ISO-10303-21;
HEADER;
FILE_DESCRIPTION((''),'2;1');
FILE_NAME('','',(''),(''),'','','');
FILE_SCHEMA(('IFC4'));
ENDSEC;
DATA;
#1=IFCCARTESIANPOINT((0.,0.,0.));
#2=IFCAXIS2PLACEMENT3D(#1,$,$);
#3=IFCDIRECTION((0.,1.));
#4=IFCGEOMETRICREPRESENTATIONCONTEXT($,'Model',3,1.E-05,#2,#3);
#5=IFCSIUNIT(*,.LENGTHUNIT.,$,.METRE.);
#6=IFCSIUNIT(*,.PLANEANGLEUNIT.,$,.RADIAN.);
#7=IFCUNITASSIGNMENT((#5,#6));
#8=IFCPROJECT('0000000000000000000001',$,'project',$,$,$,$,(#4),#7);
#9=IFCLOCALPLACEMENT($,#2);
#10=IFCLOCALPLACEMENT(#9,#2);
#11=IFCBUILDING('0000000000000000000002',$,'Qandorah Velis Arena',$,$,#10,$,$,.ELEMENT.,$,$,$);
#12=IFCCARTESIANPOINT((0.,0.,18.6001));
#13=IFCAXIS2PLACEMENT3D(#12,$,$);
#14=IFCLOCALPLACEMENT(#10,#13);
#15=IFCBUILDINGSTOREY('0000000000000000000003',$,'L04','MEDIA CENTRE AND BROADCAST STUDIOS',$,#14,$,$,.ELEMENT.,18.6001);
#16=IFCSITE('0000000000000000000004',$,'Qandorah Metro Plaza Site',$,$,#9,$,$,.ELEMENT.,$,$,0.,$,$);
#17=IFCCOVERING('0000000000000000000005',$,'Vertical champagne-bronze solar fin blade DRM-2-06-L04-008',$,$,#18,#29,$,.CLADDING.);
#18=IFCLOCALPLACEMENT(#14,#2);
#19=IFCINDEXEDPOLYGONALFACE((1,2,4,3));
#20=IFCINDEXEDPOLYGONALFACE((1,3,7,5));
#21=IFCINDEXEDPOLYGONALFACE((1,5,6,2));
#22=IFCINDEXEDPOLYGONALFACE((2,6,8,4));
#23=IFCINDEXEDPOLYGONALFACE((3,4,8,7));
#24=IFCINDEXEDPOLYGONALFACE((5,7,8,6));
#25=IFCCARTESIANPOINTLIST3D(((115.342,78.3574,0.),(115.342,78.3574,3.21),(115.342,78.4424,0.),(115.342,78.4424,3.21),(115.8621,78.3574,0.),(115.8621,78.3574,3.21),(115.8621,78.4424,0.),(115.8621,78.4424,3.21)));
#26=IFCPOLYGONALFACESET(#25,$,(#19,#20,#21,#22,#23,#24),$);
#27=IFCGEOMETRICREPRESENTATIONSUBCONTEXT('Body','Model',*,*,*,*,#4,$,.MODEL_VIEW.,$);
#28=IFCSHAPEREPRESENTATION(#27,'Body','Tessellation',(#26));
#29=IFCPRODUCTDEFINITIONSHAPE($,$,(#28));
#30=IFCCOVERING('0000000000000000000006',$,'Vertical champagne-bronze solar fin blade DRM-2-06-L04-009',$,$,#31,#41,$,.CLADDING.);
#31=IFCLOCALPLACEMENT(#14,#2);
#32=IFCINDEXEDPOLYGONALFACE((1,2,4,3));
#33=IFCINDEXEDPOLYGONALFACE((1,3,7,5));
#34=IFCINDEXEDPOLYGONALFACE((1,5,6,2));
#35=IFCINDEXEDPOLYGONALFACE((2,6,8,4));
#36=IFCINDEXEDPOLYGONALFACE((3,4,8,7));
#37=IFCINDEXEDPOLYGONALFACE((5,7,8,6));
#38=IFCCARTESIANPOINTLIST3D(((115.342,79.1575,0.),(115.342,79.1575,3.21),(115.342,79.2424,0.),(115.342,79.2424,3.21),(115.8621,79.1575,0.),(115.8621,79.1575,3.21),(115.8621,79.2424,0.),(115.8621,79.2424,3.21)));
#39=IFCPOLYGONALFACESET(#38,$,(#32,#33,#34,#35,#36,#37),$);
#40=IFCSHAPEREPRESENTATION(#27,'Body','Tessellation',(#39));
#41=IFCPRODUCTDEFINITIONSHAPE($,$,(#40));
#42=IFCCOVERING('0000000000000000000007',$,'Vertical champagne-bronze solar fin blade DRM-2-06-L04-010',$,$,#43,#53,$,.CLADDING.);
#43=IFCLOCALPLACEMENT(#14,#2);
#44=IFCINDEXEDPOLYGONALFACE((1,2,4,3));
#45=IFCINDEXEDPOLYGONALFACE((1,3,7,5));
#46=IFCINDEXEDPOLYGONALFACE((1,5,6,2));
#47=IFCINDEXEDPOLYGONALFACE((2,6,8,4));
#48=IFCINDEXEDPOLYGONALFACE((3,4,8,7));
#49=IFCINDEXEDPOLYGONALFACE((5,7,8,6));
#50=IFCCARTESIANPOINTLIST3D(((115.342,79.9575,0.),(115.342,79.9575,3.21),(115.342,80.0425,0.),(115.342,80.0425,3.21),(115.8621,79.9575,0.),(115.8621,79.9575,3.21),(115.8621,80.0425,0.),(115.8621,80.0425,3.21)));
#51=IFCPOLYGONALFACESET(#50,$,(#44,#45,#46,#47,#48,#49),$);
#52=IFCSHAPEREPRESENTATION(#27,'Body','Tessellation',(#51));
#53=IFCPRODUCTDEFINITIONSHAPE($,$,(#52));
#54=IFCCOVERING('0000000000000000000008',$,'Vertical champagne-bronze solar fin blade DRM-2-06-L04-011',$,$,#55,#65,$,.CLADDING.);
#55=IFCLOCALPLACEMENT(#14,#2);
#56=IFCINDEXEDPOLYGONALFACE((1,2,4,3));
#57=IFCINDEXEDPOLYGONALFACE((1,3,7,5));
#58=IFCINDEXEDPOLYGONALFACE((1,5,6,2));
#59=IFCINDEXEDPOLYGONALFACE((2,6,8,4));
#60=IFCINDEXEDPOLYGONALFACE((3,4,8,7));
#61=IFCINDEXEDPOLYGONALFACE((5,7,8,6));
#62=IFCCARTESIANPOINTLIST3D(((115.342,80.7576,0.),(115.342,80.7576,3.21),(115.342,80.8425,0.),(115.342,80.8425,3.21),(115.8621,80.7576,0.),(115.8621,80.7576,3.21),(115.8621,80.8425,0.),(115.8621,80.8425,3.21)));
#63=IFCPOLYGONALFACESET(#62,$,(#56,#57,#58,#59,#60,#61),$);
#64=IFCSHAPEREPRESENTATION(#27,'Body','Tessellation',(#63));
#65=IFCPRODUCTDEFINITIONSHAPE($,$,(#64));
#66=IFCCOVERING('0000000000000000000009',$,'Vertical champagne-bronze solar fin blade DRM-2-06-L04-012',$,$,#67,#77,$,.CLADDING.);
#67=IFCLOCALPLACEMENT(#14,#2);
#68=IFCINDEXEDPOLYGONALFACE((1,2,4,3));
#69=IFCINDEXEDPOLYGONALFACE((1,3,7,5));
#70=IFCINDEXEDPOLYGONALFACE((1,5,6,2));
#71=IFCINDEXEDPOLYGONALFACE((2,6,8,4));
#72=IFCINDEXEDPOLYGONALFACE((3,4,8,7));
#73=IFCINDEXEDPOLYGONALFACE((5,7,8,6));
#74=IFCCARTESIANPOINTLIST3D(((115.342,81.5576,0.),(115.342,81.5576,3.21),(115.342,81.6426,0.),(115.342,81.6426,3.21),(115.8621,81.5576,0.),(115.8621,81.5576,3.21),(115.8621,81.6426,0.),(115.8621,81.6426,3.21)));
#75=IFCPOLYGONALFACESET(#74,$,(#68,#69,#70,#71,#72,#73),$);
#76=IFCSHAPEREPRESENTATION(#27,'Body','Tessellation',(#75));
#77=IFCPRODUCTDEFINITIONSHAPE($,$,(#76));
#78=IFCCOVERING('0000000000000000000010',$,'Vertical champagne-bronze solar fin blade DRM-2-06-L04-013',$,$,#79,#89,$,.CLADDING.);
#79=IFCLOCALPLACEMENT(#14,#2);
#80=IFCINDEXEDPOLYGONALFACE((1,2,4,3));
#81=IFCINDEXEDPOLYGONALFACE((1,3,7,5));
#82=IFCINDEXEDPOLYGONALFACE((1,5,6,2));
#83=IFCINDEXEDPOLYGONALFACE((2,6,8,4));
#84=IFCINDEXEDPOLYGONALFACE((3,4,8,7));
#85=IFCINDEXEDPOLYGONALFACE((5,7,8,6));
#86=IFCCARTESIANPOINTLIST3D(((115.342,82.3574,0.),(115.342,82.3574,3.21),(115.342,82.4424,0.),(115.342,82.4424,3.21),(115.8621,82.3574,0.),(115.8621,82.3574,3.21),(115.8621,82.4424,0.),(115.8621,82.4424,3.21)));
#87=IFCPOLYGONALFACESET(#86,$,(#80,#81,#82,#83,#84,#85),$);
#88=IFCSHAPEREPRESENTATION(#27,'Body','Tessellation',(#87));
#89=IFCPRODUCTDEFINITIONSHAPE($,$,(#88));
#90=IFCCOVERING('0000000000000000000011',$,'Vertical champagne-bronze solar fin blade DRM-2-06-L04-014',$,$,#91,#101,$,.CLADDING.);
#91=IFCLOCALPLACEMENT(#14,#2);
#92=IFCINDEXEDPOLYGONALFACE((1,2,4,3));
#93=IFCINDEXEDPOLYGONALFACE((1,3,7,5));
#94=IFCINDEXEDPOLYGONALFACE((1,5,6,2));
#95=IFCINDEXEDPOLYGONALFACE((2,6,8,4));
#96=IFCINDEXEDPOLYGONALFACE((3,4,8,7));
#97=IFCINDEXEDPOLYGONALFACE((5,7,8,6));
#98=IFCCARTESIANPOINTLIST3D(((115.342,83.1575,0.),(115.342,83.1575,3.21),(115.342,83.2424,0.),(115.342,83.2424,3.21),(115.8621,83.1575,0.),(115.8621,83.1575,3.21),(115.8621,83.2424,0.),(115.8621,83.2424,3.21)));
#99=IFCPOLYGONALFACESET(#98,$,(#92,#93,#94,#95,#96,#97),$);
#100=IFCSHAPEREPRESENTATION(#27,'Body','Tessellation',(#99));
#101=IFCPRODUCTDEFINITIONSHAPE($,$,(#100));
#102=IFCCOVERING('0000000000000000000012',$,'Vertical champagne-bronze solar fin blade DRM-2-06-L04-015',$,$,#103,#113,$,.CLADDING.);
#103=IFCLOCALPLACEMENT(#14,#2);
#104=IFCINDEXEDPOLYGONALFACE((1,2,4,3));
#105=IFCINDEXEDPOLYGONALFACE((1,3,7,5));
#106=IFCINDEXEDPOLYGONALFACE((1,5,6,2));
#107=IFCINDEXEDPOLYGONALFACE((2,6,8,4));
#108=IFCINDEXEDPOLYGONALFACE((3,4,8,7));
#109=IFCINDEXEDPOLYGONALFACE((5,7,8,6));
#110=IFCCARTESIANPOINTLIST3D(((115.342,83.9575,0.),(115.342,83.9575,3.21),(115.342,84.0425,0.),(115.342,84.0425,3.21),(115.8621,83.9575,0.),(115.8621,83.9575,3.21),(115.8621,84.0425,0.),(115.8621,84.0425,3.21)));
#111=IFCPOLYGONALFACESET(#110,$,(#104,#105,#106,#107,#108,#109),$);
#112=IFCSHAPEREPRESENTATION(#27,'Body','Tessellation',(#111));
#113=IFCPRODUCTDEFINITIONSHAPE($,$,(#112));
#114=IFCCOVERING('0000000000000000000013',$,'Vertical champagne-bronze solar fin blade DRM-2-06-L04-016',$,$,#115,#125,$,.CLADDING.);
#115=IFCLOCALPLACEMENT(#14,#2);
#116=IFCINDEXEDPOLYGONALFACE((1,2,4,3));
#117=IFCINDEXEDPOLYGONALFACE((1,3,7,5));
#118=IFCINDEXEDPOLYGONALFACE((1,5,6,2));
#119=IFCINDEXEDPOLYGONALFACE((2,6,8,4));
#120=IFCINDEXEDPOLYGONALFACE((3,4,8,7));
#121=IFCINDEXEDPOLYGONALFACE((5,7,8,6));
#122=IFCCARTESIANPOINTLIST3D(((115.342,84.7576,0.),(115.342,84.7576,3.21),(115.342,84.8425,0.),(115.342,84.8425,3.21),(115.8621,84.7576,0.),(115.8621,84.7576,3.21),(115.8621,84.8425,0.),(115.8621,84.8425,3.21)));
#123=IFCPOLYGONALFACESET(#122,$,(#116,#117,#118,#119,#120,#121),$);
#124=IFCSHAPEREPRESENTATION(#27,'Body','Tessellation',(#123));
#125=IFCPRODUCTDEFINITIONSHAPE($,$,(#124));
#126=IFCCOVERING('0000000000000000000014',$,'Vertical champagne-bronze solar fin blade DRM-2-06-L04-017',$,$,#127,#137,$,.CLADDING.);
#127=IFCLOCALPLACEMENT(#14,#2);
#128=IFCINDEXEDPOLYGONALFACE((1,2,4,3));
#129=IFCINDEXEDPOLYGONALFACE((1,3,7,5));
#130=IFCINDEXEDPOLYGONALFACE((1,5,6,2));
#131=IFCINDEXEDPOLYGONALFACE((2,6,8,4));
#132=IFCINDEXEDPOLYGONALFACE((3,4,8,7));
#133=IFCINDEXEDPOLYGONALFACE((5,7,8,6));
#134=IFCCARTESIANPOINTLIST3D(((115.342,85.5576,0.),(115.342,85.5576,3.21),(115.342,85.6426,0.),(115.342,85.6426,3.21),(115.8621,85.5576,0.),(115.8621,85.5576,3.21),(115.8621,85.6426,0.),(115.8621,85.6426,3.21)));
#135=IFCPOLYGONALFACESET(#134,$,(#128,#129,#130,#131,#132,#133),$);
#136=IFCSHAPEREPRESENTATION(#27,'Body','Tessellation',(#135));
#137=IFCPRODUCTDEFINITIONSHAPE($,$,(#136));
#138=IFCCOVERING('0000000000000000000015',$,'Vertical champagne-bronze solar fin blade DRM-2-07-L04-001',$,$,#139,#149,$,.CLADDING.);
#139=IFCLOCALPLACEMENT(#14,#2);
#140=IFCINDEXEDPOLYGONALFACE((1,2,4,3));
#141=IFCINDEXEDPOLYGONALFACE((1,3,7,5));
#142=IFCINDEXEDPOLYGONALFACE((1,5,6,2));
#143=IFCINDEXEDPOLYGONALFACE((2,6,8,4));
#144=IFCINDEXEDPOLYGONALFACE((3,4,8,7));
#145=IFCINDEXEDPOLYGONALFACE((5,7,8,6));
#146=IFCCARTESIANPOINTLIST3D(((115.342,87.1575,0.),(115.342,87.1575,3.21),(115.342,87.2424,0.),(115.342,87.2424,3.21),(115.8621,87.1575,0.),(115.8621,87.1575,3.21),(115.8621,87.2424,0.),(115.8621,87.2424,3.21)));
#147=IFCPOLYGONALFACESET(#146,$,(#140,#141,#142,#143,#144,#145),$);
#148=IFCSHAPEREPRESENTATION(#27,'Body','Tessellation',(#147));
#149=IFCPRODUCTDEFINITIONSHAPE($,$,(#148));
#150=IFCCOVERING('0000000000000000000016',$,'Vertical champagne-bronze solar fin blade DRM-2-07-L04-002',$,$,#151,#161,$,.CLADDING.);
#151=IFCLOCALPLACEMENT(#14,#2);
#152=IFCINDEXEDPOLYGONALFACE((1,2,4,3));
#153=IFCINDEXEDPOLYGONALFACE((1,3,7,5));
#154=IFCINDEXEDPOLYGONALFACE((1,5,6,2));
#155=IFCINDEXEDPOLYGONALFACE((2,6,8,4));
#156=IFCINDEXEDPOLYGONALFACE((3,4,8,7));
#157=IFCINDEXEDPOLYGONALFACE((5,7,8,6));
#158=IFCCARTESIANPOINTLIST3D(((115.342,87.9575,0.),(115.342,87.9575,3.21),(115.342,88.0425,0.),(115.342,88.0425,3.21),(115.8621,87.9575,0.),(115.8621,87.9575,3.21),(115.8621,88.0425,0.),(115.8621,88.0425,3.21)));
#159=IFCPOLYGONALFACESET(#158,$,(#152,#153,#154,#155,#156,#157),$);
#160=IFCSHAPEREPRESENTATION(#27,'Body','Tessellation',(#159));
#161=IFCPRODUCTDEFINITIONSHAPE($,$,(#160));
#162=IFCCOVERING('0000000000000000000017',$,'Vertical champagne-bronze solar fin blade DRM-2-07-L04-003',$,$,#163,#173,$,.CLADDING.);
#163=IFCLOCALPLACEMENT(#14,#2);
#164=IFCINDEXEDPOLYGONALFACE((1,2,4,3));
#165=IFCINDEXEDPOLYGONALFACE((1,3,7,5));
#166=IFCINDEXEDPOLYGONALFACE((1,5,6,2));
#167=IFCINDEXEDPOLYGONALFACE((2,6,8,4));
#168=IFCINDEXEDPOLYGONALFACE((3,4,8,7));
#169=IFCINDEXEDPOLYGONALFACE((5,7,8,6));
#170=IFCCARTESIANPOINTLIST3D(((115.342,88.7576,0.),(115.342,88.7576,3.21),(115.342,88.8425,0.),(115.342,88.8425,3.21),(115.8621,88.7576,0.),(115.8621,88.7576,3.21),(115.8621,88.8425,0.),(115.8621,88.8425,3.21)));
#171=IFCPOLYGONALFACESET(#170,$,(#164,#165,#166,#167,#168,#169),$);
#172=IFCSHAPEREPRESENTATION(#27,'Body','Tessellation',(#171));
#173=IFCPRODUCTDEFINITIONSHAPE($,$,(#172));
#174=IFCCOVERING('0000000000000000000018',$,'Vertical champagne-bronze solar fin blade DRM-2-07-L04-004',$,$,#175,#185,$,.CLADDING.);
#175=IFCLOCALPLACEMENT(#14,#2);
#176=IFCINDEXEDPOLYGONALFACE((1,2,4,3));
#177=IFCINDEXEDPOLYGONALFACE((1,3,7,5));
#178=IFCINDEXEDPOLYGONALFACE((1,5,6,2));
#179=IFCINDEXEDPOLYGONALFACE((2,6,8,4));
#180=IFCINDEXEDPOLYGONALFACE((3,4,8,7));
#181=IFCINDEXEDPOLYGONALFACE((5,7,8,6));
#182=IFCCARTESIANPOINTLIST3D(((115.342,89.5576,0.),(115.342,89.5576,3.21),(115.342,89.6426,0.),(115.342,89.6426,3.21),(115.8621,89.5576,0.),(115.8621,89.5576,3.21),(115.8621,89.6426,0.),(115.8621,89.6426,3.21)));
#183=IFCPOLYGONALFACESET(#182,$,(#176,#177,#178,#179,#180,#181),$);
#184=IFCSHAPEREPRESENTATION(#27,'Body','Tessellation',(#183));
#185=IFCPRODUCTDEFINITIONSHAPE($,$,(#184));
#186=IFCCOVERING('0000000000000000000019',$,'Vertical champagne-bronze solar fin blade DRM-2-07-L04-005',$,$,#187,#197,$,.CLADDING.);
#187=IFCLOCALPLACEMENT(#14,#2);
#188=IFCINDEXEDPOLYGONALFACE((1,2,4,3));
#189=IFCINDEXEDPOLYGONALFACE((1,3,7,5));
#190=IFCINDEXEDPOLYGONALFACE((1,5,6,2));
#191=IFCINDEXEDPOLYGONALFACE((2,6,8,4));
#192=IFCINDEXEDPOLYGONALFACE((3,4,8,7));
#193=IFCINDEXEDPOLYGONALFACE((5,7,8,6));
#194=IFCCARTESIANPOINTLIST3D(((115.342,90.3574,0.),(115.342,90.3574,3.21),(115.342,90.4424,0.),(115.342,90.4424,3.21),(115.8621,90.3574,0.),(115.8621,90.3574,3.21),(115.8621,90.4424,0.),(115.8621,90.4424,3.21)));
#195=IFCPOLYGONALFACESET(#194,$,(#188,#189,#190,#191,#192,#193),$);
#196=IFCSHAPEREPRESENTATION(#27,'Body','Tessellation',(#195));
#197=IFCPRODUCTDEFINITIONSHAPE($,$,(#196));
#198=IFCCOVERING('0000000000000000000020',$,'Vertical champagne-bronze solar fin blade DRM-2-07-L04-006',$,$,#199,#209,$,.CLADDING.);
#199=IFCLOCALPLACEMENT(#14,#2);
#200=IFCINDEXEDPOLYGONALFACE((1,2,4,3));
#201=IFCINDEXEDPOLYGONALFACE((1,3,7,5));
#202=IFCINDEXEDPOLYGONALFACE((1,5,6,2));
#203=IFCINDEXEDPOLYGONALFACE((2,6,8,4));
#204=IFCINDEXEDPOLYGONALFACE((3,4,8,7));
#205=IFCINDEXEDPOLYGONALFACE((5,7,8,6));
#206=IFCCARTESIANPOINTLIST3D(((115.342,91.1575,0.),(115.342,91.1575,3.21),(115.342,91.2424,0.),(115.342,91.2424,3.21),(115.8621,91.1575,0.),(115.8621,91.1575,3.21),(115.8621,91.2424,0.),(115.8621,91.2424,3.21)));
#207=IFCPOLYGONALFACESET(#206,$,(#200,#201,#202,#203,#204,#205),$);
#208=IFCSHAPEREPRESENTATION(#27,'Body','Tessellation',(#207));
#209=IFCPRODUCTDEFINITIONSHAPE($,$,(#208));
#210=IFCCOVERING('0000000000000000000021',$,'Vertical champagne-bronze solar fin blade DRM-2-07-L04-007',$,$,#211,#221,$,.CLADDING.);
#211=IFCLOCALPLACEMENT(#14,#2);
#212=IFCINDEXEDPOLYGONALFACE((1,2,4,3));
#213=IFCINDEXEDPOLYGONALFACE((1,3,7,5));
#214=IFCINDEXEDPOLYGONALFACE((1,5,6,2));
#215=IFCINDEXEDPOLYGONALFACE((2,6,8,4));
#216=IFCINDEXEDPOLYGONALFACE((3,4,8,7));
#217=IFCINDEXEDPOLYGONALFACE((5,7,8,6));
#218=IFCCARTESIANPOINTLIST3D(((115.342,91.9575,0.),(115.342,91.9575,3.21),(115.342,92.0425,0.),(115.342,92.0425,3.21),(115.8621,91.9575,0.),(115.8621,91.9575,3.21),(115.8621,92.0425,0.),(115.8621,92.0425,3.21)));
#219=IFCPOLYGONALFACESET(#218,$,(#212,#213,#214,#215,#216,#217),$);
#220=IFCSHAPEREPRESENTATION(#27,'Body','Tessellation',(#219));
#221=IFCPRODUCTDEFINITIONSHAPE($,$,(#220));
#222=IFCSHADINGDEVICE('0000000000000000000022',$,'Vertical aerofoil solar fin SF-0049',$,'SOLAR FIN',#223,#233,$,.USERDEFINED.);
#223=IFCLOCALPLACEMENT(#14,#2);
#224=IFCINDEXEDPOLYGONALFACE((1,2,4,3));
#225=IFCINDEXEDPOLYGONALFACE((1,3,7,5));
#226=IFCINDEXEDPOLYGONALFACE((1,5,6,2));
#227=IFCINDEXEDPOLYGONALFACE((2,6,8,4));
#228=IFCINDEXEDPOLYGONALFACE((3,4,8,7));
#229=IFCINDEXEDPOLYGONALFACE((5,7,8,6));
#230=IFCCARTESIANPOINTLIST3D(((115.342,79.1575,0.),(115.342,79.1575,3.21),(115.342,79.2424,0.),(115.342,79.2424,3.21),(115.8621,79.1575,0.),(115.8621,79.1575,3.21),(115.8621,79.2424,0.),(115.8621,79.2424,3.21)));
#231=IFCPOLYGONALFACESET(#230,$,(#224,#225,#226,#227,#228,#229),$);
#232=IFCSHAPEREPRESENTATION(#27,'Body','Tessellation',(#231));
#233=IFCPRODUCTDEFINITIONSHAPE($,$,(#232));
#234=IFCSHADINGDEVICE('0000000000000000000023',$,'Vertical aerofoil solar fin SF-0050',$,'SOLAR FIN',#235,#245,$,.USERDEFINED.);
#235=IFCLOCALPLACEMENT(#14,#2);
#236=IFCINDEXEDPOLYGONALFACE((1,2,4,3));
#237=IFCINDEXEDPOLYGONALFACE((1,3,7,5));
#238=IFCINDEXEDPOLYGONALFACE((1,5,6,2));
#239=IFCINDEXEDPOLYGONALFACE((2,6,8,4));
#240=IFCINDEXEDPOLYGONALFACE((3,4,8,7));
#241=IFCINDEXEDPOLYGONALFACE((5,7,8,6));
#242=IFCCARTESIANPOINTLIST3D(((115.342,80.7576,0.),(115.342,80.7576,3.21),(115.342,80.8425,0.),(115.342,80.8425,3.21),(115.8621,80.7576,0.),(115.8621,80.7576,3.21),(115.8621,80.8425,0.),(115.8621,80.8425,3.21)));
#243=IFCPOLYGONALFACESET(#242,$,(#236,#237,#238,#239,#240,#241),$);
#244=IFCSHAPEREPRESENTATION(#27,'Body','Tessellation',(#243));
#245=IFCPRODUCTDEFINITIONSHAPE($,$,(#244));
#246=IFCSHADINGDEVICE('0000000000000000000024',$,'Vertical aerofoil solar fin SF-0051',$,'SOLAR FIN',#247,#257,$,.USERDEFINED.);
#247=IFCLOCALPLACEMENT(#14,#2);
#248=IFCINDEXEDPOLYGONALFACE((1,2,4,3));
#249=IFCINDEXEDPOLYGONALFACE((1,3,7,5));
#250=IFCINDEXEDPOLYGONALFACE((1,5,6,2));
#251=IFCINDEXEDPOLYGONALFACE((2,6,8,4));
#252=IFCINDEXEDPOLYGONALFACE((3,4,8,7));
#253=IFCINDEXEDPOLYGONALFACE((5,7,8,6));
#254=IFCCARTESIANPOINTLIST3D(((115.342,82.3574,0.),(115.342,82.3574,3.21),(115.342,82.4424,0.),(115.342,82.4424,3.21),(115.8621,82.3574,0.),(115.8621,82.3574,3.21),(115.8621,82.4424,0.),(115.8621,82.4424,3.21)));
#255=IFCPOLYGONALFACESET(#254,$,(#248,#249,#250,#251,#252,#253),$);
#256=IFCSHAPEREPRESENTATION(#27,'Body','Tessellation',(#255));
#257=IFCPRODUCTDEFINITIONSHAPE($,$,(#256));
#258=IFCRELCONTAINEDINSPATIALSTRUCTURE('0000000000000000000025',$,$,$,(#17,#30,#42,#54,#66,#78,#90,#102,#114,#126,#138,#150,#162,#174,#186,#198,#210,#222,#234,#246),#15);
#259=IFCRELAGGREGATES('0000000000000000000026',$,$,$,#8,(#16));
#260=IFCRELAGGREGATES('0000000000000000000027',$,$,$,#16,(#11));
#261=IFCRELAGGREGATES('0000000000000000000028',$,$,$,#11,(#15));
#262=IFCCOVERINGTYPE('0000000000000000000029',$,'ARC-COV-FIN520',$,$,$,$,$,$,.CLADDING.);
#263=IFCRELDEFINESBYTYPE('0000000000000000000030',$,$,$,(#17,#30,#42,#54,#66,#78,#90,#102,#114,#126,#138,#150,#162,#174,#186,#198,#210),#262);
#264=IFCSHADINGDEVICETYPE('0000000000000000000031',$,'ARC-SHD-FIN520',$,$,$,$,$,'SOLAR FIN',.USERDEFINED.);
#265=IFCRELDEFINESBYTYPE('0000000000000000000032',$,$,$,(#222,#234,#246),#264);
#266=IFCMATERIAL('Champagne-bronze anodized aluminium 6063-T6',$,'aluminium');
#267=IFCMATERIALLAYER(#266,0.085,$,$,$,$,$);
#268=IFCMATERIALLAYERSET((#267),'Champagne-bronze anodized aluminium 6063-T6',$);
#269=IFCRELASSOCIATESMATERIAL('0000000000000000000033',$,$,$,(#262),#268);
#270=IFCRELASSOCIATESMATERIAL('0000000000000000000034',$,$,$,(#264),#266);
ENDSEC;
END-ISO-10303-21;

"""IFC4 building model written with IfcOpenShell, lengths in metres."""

from ifc_helpers import new_model, si_unit, direction, frame, origin, origin_2d, place, context, subcontext, project, spatial, rectangle, extrude, material, layer, layer_set, type_object, element, save


model = new_model("IFC4")

# Units and contexts
model_context = context("Model", 3, precision=1e-05, world=origin(), true_north=direction((0.0, 1.0)))
body_context = subcontext(model_context, "Body", "Model", "MODEL_VIEW")
ifc_project = project(units=[si_unit("LENGTHUNIT", "METRE"), si_unit("PLANEANGLEUNIT", "RADIAN")], contexts=[model_context])

# Site, building, storey
site_placement = place(None, origin())
site = spatial("IfcSite", under=ifc_project, at=site_placement, Name="Qandorah Metro Plaza Site", CompositionType="ELEMENT", RefElevation=0.0)
building_placement = place(site_placement, origin())
building = spatial("IfcBuilding", under=site, at=building_placement, Name="Qandorah Velis Arena", CompositionType="ELEMENT")
storey_placement = place(building_placement, frame((0.0, 0.0, 18.6001)))
storey = spatial("IfcBuildingStorey", under=building, at=storey_placement, Name="L04", Description="MEDIA CENTRE AND BROADCAST STUDIOS", CompositionType="ELEMENT", Elevation=18.6001)

# Coverings
ifc_material = material(Name="Champagne-bronze anodized aluminium 6063-T6", Category="aluminium")
ifc_layer = layer(ifc_material, 0.085)
ifc_layer_set = layer_set([ifc_layer], Name="Champagne-bronze anodized aluminium 6063-T6")
covering_type = type_object("IfcCoveringType", Name="ARC-COV-FIN520", PredefinedType="CLADDING", material=ifc_layer_set)
for number, where, z_axis, x_axis, name in (
    (1, (115.6021, 78.3999, 0.0), (0.0, 0.0, 1.0), (1.0, 0.0, 0.0), "Vertical champagne-bronze solar fin blade DRM-2-06-L04-008"),
    (2, (115.6021, 79.2, 0.0), (0.0, 0.0, 1.0), (1.0, 0.0, 0.0), "Vertical champagne-bronze solar fin blade DRM-2-06-L04-009"),
    (3, (115.6021, 80.0, 0.0), (0.0, 0.0, 1.0), (1.0, 0.0, 0.0), "Vertical champagne-bronze solar fin blade DRM-2-06-L04-010"),
    (4, (115.6021, 80.8, 0.0), (0.0, 0.0, 1.0), (1.0, 0.0, 0.0), "Vertical champagne-bronze solar fin blade DRM-2-06-L04-011"),
    (5, (115.6021, 81.6001, 0.0), (0.0, 0.0, 1.0), (1.0, 0.0, 0.0), "Vertical champagne-bronze solar fin blade DRM-2-06-L04-012"),
    (6, (115.6021, 82.3999, 0.0), (0.0, 0.0, 1.0), (1.0, 0.0, 0.0), "Vertical champagne-bronze solar fin blade DRM-2-06-L04-013"),
    (7, (115.6021, 83.2, 0.0), (0.0, 0.0, 1.0), (1.0, 0.0, 0.0), "Vertical champagne-bronze solar fin blade DRM-2-06-L04-014"),
    (8, (115.6021, 84.0, 0.0), (0.0, 0.0, 1.0), (1.0, 0.0, 0.0), "Vertical champagne-bronze solar fin blade DRM-2-06-L04-015"),
    (9, (115.6021, 84.8, 0.0), (0.0, 0.0, 1.0), (1.0, 0.0, 0.0), "Vertical champagne-bronze solar fin blade DRM-2-06-L04-016"),
    (10, (115.6021, 85.6001, 0.0), (0.0, 0.0, 1.0), (1.0, 0.0, 0.0), "Vertical champagne-bronze solar fin blade DRM-2-06-L04-017"),
    (11, (115.6021, 87.2, 0.0), (0.0, 0.0, 1.0), (1.0, 0.0, 0.0), "Vertical champagne-bronze solar fin blade DRM-2-07-L04-001"),
    (12, (115.6021, 88.0, 0.0), (0.0, 0.0, 1.0), (1.0, 0.0, 0.0), "Vertical champagne-bronze solar fin blade DRM-2-07-L04-002"),
    (13, (115.6021, 88.8, 0.0), (0.0, 0.0, 1.0), (1.0, 0.0, 0.0), "Vertical champagne-bronze solar fin blade DRM-2-07-L04-003"),
    (14, (115.6021, 89.6001, 0.0), (0.0, 0.0, 1.0), (1.0, 0.0, 0.0), "Vertical champagne-bronze solar fin blade DRM-2-07-L04-004"),
    (15, (115.6021, 90.3999, 0.0), (0.0, 0.0, 1.0), (1.0, 0.0, 0.0), "Vertical champagne-bronze solar fin blade DRM-2-07-L04-005"),
    (16, (115.6021, 91.2, 0.0), (0.0, 0.0, 1.0), (1.0, 0.0, 0.0), "Vertical champagne-bronze solar fin blade DRM-2-07-L04-006"),
    (17, (115.6021, 92.0, 0.0), (0.0, 0.0, 1.0), (1.0, 0.0, 0.0), "Vertical champagne-bronze solar fin blade DRM-2-07-L04-007"),
):
    element("IfcCovering", number, at=place(storey_placement, frame(where, z_axis=z_axis, x_axis=x_axis)), inside=storey, type_object=covering_type, Name=name, PredefinedType="CLADDING", context=body_context, shape_type="SweptSolid", body=[
        extrude(rectangle(XDim=0.52, YDim=0.085, at=origin_2d()), origin(), (0.0, 0.0, 1.0), 3.21),
    ])

# Shading devices
shading_device_type = type_object("IfcShadingDeviceType", Name="ARC-SHD-FIN520", ElementType="SOLAR FIN", PredefinedType="USERDEFINED", material=ifc_material)
for number, where, z_axis, x_axis, name in (
    (18, (115.6021, 79.2, 0.0), (0.0, 0.0, 1.0), (1.0, 0.0, 0.0), "Vertical aerofoil solar fin SF-0049"),
    (19, (115.6021, 80.8, 0.0), (0.0, 0.0, 1.0), (1.0, 0.0, 0.0), "Vertical aerofoil solar fin SF-0050"),
    (20, (115.6021, 82.3999, 0.0), (0.0, 0.0, 1.0), (1.0, 0.0, 0.0), "Vertical aerofoil solar fin SF-0051"),
):
    element("IfcShadingDevice", number, at=place(storey_placement, frame(where, z_axis=z_axis, x_axis=x_axis)), inside=storey, type_object=shading_device_type, Name=name, ObjectType="SOLAR FIN", PredefinedType="USERDEFINED", context=body_context, shape_type="SweptSolid", body=[
        extrude(rectangle(XDim=0.52, YDim=0.085, at=origin_2d()), origin(), (0.0, 0.0, 1.0), 3.21),
    ])

save(model, "model.ifc")
